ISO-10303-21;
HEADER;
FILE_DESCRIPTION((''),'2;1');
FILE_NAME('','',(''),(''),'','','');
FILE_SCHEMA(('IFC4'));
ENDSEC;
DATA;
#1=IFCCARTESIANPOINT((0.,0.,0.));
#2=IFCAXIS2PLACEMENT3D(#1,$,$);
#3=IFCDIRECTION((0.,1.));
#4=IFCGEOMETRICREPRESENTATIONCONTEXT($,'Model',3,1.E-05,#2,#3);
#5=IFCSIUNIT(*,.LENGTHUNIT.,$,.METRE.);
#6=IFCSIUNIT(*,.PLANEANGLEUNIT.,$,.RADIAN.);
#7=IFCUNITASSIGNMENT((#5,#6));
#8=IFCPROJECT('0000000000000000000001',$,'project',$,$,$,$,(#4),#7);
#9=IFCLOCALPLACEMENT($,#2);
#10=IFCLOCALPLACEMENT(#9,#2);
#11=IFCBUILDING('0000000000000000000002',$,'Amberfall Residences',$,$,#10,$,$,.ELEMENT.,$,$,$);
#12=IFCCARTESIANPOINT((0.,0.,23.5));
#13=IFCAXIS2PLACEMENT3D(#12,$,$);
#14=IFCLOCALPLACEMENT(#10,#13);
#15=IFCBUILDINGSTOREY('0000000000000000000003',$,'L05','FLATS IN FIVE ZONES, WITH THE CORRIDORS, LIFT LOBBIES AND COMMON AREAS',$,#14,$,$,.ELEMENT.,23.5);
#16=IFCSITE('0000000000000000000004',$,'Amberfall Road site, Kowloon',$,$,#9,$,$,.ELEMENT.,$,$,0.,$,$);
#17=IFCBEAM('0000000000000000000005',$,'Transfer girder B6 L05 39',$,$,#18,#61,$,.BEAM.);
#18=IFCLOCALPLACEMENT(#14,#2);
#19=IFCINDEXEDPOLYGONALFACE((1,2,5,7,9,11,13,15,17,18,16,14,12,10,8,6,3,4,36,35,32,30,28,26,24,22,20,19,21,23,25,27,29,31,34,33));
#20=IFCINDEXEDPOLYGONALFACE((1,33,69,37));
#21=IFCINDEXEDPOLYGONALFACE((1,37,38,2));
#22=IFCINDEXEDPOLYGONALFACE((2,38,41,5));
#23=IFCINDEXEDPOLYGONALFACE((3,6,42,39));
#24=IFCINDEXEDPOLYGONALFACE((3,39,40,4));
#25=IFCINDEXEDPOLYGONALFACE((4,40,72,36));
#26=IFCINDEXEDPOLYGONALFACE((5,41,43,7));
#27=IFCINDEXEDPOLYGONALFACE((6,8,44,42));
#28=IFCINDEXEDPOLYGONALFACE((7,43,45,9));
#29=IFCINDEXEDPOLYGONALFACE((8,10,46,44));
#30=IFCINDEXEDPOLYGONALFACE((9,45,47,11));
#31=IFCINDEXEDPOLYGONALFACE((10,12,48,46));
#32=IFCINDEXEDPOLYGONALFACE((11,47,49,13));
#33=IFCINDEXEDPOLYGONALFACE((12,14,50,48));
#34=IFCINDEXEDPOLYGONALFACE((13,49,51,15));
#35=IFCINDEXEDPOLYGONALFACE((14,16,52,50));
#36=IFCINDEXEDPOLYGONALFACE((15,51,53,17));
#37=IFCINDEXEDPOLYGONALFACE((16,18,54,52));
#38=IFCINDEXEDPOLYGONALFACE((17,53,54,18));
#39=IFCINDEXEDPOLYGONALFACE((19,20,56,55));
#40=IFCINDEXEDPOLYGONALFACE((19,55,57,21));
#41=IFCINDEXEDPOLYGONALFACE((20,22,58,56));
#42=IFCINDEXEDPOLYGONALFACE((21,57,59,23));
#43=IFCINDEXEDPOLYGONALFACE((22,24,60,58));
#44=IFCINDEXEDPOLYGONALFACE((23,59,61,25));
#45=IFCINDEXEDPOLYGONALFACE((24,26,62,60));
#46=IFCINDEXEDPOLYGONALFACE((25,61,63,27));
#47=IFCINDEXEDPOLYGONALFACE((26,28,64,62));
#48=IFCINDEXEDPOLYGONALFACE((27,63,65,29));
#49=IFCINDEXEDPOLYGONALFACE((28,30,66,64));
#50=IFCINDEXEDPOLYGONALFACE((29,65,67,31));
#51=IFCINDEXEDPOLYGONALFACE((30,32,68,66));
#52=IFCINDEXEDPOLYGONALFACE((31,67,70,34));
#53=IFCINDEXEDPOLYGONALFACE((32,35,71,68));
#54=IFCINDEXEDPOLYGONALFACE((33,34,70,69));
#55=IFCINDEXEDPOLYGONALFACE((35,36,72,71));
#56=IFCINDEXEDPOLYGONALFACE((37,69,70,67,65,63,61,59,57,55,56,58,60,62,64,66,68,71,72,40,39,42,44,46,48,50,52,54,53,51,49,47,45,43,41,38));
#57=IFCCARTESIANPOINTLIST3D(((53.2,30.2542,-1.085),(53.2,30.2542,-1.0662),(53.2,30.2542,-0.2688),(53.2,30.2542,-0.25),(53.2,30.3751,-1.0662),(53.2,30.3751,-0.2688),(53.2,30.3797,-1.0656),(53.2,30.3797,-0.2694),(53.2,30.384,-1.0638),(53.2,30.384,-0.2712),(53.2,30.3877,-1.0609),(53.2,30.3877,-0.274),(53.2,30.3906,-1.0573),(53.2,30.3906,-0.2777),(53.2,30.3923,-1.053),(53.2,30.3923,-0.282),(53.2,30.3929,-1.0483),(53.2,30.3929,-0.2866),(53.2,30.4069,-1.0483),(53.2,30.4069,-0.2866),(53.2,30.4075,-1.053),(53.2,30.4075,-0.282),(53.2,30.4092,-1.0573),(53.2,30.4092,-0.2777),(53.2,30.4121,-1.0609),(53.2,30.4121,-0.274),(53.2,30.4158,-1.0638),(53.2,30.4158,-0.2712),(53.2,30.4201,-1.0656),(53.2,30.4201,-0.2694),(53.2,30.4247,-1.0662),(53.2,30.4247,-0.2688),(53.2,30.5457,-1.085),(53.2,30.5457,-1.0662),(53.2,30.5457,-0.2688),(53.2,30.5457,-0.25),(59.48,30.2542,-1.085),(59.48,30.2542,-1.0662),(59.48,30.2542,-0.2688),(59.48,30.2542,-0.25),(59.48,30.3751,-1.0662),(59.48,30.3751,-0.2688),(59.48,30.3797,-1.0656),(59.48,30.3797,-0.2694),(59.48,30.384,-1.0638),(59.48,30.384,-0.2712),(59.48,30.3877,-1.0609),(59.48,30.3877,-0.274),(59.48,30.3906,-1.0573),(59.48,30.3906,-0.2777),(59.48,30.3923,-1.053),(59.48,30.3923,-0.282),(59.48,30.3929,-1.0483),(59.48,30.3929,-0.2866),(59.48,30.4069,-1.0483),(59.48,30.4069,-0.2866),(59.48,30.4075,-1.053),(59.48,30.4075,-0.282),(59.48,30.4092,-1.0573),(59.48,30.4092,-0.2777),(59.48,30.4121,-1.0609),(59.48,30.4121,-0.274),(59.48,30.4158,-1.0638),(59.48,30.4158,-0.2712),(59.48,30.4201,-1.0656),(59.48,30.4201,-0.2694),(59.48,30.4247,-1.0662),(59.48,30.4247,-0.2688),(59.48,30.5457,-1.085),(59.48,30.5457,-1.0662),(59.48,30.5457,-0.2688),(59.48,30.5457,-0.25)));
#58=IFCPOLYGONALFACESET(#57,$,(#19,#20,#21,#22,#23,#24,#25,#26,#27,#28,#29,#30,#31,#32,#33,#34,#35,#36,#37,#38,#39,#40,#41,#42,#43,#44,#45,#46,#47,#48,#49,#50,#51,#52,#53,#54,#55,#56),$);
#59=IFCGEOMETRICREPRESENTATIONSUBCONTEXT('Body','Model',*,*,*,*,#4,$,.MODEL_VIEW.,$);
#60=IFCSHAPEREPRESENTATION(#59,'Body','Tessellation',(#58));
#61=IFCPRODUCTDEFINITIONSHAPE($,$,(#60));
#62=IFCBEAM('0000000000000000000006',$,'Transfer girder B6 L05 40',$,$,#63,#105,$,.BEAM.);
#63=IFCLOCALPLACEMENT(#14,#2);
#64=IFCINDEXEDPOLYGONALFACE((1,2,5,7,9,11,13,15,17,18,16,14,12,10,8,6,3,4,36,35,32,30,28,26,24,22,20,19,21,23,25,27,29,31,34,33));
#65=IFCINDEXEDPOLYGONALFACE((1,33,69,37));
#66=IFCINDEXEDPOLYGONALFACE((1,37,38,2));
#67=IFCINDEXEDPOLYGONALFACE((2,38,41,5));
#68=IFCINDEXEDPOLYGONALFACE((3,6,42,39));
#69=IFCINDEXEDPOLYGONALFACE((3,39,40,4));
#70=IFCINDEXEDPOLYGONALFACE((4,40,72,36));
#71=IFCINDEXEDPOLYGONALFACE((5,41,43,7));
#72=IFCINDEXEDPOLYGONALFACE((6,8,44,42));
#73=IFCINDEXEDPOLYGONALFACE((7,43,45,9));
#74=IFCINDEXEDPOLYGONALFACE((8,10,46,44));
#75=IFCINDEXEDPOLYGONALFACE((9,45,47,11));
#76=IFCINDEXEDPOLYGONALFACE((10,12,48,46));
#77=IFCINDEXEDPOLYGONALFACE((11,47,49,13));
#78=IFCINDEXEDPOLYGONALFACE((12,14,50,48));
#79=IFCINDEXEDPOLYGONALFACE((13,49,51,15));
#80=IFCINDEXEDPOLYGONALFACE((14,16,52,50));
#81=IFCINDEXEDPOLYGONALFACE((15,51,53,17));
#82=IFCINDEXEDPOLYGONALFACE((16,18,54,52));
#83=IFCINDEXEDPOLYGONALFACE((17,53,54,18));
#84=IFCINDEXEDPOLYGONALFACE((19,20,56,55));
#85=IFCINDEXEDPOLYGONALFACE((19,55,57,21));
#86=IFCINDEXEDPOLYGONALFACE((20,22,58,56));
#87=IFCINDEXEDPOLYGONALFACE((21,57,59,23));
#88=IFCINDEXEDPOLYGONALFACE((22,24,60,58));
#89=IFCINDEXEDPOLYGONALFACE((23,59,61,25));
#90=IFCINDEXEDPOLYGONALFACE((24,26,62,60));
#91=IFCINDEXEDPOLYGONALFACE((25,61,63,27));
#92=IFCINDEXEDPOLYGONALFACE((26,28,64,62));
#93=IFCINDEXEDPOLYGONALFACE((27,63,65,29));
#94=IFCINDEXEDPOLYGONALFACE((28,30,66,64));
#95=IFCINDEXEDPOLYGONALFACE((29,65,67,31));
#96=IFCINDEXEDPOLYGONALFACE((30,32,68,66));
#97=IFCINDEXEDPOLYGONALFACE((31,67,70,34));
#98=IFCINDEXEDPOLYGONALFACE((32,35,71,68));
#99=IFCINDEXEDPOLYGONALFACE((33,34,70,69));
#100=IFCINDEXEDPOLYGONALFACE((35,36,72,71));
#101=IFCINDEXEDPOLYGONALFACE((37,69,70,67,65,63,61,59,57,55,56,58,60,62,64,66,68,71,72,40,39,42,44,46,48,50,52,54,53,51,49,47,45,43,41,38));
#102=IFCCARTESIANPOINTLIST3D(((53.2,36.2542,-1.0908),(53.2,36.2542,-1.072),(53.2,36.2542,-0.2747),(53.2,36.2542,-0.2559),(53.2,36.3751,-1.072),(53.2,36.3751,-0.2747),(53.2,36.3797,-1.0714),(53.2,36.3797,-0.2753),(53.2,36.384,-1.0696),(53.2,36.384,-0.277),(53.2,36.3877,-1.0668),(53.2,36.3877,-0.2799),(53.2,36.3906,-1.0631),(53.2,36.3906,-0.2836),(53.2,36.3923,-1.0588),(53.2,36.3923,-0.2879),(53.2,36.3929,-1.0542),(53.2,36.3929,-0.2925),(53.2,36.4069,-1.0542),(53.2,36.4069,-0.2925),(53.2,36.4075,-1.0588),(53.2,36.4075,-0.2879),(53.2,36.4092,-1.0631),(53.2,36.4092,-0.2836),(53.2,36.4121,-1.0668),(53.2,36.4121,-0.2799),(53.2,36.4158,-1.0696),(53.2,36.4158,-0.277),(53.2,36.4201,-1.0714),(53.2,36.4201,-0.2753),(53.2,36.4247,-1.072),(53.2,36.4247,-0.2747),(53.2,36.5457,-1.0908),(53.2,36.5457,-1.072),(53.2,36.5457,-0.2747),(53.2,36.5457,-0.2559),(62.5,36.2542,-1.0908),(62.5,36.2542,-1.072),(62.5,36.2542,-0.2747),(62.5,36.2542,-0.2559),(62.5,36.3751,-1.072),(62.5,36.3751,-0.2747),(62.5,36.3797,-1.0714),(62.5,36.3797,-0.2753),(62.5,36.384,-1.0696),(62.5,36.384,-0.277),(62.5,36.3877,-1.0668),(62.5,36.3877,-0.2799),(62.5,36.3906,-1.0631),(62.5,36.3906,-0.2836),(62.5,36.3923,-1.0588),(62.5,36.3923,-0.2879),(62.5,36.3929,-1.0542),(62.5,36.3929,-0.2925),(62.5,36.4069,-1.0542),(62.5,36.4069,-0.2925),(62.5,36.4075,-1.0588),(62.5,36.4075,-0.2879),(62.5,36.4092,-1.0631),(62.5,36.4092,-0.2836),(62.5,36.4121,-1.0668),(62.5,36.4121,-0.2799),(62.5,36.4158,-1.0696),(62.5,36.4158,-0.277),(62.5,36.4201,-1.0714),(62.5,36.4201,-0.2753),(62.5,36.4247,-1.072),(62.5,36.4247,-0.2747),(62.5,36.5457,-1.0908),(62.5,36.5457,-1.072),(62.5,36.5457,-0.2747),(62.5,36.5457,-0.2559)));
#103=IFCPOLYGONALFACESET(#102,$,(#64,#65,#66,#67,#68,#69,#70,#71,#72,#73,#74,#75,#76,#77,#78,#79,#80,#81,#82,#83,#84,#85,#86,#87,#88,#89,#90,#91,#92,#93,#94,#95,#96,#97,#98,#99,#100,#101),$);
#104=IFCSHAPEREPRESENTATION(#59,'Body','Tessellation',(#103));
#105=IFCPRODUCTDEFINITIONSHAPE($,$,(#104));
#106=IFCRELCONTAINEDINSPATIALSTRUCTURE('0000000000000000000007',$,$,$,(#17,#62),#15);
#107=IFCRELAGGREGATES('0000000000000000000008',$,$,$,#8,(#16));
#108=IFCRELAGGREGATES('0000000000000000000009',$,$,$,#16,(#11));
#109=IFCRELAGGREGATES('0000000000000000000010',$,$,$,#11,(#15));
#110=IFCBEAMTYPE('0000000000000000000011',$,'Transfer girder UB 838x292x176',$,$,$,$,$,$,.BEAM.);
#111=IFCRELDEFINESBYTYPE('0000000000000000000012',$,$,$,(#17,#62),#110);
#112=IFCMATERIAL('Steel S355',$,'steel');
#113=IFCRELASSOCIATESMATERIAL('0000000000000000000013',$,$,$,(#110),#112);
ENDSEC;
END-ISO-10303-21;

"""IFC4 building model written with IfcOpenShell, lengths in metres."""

from ifc_helpers import new_model, si_unit, direction, frame, origin, origin_2d, place, context, subcontext, project, spatial, i_section, extrude, material, material_profile, profile_set, type_object, element, save


model = new_model("IFC4")

# Units and contexts
model_context = context("Model", 3, precision=1e-05, world=origin(), true_north=direction((0.0, 1.0)))
body_context = subcontext(model_context, "Body", "Model", "MODEL_VIEW")
ifc_project = project(units=[si_unit("LENGTHUNIT", "METRE"), si_unit("PLANEANGLEUNIT", "RADIAN")], contexts=[model_context])

# Site, building, storey
site_placement = place(None, origin())
site = spatial("IfcSite", under=ifc_project, at=site_placement, Name="Amberfall Road site, Kowloon", CompositionType="ELEMENT", RefElevation=0.0)
building_placement = place(site_placement, origin())
building = spatial("IfcBuilding", under=site, at=building_placement, Name="Amberfall Residences", CompositionType="ELEMENT")
storey_placement = place(building_placement, frame((0.0, 0.0, 23.5)))
storey = spatial("IfcBuildingStorey", under=building, at=storey_placement, Name="L05", Description="FLATS IN FIVE ZONES, WITH THE CORRIDORS, LIFT LOBBIES AND COMMON AREAS", CompositionType="ELEMENT", Elevation=23.5)

# Beams
ifc_material_1 = material(Name="Steel S355", Category="steel")
ifc_material_profile = material_profile(ifc_material_1, i_section(OverallWidth=0.2915, OverallDepth=0.835, WebThickness=0.0139, FlangeThickness=0.0188, FilletRadius=0.0178, at=origin_2d()), Name="UB 838x292x176")
ifc_profile_set = profile_set([ifc_material_profile], Name="Steel S355")
beam_type = type_object("IfcBeamType", Name="Transfer girder UB 838x292x176", PredefinedType="BEAM", material=ifc_profile_set)
beam_1_placement = place(storey_placement, frame((53.2, 30.3999, -0.6675), z_axis=(1.0, 0.0, 0.0), x_axis=(0.0, 1.0, 0.0)))
element("IfcBeam", 1, at=beam_1_placement, inside=storey, type_object=beam_type, Name="Transfer girder B6 L05 39", PredefinedType="BEAM", context=body_context, shape_type="SweptSolid", body=[
    extrude(i_section(OverallWidth=0.2915, OverallDepth=0.835, WebThickness=0.0139, FlangeThickness=0.0188, FilletRadius=0.0178, at=origin_2d()), origin(), (0.0, 0.0, 1.0), 6.28),
])
beam_2_placement = place(storey_placement, frame((53.2, 36.3999, -0.6733), z_axis=(1.0, 0.0, 0.0), x_axis=(0.0, 1.0, 0.0)))
element("IfcBeam", 2, at=beam_2_placement, inside=storey, type_object=beam_type, Name="Transfer girder B6 L05 40", PredefinedType="BEAM", context=body_context, shape_type="SweptSolid", body=[
    extrude(i_section(OverallWidth=0.2915, OverallDepth=0.835, WebThickness=0.0139, FlangeThickness=0.0188, FilletRadius=0.0178, at=origin_2d()), origin(), (0.0, 0.0, 1.0), 9.3),
])

save(model, "model.ifc")
